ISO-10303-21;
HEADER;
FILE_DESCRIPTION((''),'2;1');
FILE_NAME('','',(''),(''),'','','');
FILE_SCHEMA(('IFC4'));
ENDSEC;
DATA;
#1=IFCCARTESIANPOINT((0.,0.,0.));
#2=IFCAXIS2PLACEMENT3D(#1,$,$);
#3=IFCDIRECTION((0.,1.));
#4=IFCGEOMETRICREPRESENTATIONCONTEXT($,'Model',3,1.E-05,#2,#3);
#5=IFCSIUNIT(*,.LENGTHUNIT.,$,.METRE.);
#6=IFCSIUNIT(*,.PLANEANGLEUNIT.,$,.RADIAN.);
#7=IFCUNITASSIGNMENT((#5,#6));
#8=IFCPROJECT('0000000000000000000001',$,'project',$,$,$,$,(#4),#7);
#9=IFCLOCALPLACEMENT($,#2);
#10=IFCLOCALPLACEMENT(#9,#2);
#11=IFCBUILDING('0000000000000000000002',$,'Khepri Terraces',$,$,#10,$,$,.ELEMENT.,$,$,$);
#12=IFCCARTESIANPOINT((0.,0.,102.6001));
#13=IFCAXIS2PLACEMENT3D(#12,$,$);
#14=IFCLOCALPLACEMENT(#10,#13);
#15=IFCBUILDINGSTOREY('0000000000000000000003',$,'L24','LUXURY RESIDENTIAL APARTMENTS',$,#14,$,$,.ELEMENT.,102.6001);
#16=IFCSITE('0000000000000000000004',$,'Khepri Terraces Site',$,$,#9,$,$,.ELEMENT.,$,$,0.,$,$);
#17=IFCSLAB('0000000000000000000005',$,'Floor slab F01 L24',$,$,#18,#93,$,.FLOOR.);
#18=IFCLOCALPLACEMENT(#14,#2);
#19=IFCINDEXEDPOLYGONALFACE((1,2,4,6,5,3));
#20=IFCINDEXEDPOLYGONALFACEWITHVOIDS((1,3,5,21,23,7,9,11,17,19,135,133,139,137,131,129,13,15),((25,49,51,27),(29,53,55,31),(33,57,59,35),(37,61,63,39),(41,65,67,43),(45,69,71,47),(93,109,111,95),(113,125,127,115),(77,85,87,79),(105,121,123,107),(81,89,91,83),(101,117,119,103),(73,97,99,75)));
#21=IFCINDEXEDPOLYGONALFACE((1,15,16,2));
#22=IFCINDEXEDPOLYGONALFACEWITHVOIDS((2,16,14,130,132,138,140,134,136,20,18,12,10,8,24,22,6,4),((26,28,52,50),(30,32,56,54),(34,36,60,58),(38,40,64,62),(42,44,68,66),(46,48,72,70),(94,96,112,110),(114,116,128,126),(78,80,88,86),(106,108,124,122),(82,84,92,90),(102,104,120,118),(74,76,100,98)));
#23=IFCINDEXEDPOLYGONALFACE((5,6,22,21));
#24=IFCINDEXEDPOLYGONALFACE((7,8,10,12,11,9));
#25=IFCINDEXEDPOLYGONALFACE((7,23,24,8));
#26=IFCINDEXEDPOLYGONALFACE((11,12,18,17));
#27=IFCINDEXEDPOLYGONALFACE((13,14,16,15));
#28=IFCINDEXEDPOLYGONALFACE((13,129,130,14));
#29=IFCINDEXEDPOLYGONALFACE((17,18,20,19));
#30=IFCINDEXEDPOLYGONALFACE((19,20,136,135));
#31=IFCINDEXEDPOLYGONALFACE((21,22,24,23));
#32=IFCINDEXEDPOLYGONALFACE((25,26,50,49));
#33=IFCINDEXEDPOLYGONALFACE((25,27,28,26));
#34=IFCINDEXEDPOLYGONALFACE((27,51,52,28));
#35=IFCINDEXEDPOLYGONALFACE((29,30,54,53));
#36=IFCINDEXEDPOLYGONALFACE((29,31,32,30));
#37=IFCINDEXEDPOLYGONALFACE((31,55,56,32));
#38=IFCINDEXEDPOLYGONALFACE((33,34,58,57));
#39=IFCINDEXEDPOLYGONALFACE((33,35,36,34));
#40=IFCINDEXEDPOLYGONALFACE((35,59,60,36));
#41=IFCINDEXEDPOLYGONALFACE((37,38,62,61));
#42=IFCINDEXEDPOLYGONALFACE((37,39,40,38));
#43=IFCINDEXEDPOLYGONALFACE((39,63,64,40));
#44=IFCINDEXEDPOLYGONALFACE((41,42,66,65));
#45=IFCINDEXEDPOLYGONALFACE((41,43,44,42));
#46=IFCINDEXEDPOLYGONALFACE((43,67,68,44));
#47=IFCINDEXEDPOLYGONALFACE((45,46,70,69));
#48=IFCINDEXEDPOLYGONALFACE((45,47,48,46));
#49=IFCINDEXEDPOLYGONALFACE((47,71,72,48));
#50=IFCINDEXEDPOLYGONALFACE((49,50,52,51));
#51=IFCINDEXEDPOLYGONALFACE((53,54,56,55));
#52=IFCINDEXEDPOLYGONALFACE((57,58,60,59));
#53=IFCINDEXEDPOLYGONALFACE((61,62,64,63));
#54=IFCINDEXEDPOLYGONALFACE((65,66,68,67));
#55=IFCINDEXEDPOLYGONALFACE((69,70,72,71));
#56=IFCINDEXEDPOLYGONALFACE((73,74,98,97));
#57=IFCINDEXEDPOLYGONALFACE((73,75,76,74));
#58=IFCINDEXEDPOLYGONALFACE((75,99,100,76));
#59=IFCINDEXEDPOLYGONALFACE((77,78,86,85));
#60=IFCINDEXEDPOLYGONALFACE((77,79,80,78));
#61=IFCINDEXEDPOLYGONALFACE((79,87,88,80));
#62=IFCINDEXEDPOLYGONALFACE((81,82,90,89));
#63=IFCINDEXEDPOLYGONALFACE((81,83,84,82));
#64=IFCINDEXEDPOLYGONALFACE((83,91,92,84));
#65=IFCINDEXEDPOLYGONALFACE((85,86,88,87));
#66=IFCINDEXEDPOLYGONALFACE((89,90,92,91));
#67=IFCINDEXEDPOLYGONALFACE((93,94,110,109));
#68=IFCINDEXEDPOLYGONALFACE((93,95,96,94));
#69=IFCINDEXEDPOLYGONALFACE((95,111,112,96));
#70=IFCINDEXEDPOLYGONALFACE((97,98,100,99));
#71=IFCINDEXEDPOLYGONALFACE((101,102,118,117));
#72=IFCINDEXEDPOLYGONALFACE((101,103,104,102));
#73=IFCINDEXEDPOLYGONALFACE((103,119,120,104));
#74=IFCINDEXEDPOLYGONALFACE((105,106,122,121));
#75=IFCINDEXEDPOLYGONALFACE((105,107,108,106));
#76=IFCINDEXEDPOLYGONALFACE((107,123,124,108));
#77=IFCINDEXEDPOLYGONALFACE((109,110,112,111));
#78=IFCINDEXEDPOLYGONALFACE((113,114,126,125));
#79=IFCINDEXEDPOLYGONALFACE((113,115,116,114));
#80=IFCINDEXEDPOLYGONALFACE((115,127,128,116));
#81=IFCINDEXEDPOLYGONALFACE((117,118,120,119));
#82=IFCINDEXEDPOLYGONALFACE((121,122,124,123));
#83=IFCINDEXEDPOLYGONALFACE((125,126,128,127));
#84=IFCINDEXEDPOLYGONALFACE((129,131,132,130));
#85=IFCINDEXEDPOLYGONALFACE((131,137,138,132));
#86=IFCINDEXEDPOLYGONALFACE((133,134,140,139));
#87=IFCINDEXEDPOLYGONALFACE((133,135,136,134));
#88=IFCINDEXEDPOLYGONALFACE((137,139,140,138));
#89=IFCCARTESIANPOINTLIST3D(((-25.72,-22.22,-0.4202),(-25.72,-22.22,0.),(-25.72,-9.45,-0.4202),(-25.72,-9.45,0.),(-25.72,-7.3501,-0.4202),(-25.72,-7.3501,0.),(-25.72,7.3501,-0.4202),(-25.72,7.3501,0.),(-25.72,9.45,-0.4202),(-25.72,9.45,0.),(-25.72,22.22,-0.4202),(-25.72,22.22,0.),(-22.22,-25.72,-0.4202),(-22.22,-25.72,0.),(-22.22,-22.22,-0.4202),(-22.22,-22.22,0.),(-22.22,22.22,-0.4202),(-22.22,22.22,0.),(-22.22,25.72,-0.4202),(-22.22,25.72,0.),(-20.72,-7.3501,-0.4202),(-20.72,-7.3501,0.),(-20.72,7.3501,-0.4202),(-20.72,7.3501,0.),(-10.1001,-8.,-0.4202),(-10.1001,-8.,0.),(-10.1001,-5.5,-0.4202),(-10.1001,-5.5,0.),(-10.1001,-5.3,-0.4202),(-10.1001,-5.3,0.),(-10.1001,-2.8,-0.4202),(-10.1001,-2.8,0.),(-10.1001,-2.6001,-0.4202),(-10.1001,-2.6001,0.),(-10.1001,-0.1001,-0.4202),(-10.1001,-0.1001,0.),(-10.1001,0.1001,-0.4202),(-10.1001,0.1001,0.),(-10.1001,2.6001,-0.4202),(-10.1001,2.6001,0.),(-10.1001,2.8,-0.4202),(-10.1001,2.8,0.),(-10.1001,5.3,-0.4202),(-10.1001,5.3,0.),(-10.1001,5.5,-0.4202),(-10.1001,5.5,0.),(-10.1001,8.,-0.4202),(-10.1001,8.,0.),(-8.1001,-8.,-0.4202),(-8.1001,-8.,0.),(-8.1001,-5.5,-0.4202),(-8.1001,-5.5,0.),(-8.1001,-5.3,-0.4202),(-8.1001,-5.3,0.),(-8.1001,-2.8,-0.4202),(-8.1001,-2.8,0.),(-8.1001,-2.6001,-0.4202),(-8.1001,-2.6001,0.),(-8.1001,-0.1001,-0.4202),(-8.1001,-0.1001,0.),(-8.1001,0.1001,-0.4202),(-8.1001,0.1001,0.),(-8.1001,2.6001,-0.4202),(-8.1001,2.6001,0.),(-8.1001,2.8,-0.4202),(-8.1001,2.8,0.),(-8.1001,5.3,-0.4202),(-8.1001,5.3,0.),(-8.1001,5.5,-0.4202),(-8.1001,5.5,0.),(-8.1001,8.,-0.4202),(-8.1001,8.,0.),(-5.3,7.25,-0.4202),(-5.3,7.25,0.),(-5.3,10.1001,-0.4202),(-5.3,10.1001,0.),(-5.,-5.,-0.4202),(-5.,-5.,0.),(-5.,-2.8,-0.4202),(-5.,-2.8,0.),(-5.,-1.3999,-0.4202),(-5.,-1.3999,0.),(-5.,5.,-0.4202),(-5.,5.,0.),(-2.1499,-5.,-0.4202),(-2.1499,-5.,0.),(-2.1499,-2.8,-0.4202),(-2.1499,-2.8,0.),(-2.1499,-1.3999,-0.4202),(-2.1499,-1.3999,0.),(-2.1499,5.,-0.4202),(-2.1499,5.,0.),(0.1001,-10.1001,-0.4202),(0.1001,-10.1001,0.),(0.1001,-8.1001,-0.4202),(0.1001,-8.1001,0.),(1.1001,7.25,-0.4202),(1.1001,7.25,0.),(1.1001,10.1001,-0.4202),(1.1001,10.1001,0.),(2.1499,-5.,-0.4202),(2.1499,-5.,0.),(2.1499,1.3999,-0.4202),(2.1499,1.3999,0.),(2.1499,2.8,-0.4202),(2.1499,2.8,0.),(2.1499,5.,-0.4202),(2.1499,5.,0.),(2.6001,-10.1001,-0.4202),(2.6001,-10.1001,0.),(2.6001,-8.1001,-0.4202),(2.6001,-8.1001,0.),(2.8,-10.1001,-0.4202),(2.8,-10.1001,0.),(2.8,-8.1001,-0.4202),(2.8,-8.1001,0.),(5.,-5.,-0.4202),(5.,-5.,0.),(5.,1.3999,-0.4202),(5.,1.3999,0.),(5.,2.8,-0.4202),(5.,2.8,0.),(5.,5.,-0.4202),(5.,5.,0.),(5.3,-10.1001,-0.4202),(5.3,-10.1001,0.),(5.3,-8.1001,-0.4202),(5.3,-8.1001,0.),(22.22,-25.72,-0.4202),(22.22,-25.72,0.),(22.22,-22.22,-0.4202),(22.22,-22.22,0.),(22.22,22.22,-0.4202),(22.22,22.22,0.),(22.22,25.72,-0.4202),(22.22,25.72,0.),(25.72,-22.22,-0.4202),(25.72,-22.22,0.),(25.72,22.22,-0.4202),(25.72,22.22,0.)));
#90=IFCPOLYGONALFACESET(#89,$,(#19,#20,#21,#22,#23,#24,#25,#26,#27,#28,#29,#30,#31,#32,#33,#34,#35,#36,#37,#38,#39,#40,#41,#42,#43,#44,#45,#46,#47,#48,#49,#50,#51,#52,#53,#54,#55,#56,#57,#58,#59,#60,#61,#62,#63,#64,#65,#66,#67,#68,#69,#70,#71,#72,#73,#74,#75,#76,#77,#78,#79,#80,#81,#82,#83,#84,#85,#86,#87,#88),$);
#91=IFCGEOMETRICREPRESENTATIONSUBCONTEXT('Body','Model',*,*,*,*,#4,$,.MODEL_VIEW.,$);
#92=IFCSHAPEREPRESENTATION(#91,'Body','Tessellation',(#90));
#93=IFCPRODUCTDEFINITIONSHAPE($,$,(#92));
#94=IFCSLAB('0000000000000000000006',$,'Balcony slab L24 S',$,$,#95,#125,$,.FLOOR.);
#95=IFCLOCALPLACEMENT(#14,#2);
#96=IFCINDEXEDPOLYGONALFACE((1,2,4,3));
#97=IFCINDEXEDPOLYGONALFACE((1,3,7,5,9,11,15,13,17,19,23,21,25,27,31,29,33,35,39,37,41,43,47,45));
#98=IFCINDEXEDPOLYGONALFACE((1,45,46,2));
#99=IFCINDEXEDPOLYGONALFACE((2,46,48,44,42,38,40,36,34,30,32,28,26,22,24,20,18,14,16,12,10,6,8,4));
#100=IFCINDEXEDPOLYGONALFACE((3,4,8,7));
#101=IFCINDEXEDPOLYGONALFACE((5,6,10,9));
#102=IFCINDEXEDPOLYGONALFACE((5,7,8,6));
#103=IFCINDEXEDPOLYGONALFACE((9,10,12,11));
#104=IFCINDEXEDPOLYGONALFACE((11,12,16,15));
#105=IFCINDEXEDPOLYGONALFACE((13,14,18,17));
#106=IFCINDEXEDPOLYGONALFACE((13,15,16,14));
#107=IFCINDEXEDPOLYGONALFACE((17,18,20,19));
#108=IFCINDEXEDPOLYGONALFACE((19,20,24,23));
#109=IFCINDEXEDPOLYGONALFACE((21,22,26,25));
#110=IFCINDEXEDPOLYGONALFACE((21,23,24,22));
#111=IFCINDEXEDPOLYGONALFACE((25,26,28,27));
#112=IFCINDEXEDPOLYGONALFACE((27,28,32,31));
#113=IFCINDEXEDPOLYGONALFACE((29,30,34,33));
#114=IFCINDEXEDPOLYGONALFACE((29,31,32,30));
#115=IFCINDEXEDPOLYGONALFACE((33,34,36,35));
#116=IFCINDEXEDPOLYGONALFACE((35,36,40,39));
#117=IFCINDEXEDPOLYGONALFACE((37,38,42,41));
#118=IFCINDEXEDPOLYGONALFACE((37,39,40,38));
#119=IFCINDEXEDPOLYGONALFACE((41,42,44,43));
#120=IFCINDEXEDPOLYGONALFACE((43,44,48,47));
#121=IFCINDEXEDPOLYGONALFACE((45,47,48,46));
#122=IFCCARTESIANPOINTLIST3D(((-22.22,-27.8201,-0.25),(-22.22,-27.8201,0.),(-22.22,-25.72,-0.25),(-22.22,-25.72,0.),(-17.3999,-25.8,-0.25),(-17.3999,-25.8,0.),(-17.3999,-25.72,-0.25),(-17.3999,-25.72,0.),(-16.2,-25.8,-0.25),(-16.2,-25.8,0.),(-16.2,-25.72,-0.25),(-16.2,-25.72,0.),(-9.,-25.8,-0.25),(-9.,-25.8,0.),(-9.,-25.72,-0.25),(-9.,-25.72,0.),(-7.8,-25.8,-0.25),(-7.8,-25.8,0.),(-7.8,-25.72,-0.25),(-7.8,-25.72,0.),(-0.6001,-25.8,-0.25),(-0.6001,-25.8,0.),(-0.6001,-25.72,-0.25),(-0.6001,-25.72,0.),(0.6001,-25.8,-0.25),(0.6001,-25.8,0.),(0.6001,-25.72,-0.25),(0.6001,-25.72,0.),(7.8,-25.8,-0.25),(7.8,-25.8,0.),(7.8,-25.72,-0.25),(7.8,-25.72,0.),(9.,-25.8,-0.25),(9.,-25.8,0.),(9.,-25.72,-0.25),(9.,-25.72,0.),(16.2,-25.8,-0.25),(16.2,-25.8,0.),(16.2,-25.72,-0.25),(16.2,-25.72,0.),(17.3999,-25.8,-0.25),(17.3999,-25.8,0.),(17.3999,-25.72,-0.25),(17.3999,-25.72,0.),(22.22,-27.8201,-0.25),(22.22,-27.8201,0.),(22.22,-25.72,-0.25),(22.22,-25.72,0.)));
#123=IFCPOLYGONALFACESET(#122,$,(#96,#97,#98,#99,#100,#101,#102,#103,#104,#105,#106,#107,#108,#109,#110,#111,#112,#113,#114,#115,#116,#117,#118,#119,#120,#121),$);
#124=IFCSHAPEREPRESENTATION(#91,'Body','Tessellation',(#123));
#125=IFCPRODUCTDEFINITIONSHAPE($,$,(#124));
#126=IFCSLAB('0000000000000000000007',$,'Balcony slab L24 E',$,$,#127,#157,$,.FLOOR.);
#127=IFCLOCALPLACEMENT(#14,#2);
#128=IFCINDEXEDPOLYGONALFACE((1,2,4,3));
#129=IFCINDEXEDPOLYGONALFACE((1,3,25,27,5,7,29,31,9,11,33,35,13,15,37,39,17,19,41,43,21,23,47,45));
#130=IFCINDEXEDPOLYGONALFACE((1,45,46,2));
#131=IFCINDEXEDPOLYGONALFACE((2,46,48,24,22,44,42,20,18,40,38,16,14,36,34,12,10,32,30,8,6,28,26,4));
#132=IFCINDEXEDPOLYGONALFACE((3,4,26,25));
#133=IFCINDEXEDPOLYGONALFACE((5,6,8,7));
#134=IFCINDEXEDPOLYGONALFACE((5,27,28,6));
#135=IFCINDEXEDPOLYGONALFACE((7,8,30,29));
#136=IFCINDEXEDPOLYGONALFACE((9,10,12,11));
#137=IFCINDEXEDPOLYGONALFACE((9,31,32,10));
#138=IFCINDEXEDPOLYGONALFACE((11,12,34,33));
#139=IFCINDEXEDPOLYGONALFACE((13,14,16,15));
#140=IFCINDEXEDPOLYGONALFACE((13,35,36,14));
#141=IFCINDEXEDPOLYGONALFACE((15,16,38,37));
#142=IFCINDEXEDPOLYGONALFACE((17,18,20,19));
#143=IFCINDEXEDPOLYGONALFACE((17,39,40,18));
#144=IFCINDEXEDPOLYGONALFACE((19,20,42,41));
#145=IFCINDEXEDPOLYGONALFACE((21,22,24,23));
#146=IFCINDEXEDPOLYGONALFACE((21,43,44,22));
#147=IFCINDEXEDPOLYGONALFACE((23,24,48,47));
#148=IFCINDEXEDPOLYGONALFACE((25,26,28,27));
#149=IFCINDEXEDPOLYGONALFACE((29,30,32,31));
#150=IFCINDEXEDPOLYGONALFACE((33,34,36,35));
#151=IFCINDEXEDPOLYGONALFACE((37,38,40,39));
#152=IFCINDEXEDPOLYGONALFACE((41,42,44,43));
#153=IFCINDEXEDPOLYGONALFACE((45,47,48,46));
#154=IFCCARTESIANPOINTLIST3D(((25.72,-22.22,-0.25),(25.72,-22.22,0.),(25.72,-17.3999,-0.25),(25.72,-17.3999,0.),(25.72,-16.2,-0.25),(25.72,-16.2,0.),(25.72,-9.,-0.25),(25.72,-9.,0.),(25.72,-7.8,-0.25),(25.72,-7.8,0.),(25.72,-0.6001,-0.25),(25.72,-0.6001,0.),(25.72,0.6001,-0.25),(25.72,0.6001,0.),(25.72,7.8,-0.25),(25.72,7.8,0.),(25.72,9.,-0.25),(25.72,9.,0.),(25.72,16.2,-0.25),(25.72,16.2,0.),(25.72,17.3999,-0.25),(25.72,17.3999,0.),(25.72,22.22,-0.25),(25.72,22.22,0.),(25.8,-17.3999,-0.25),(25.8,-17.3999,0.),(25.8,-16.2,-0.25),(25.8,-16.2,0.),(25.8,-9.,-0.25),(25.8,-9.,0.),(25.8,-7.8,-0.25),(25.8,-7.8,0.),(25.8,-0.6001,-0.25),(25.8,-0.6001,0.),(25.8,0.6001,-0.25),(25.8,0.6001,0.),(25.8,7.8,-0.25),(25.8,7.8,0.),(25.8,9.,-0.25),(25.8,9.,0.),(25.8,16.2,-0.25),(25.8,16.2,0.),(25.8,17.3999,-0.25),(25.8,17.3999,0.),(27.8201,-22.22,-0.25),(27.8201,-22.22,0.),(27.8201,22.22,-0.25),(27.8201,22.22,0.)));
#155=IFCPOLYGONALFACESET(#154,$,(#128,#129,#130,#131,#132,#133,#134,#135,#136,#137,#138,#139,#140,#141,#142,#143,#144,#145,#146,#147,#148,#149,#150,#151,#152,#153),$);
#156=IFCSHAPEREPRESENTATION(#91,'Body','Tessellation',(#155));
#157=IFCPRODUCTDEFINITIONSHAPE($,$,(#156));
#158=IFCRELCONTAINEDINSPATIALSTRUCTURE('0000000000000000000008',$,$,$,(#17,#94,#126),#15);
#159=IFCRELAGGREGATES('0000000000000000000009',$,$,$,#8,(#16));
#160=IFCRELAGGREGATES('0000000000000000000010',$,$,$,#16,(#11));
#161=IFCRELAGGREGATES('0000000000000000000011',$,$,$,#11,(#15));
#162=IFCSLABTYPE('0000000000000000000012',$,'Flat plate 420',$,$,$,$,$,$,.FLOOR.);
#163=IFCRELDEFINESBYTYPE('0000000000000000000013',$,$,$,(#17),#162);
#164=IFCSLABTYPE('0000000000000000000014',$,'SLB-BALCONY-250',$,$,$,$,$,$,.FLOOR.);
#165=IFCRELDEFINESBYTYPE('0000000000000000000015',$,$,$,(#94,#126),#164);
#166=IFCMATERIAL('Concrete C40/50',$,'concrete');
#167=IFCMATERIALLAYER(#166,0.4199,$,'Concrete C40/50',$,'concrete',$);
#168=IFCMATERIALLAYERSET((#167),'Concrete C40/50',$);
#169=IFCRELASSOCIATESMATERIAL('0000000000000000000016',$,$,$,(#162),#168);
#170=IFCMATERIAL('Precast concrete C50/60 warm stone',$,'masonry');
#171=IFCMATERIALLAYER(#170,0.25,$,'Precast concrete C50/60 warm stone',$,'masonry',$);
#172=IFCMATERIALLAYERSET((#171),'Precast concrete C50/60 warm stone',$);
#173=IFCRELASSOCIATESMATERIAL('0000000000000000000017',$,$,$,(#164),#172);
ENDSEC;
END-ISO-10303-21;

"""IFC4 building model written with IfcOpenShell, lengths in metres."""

from ifc_helpers import new_model, si_unit, direction, frame, origin, place, context, subcontext, project, spatial, polyline, outline, extrude, material, layer, layer_set, type_object, element, save


model = new_model("IFC4")

# Units and contexts
model_context = context("Model", 3, precision=1e-05, world=origin(), true_north=direction((0.0, 1.0)))
body_context = subcontext(model_context, "Body", "Model", "MODEL_VIEW")
ifc_project = project(units=[si_unit("LENGTHUNIT", "METRE"), si_unit("PLANEANGLEUNIT", "RADIAN")], contexts=[model_context])

# Site, building, storey
site_placement = place(None, origin())
site = spatial("IfcSite", under=ifc_project, at=site_placement, Name="Khepri Terraces Site", CompositionType="ELEMENT", RefElevation=0.0)
building_placement = place(site_placement, origin())
building = spatial("IfcBuilding", under=site, at=building_placement, Name="Khepri Terraces", CompositionType="ELEMENT")
storey_placement = place(building_placement, frame((0.0, 0.0, 102.6001)))
storey = spatial("IfcBuildingStorey", under=building, at=storey_placement, Name="L24", Description="LUXURY RESIDENTIAL APARTMENTS", CompositionType="ELEMENT", Elevation=102.6001)

# Slabs
ifc_material_1 = material(Name="Concrete C40/50", Category="concrete")
ifc_layer_1 = layer(ifc_material_1, 0.4199, Name="Concrete C40/50", Category="concrete")
ifc_layer_set_1 = layer_set([ifc_layer_1], Name="Concrete C40/50")
slab_type_1 = type_object("IfcSlabType", Name="Flat plate 420", PredefinedType="FLOOR", material=ifc_layer_set_1)
slab_1_placement = place(storey_placement, frame((0.0, 0.0, -0.4202)))
element("IfcSlab", 1, at=slab_1_placement, inside=storey, type_object=slab_type_1, Name="Floor slab F01 L24", PredefinedType="FLOOR", context=body_context, shape_type="SweptSolid", body=[
    extrude(outline(polyline([(22.22, -25.72), (-22.22, -25.72), (-22.22, -22.22), (-25.72, -22.22), (-25.72, -9.45), (-25.72, -7.3501), (-20.72, -7.3501), (-20.72, 7.3501), (-25.72, 7.3501), (-25.72, 9.45), (-25.72, 22.22), (-22.22, 22.22), (-22.22, 25.72), (22.22, 25.72), (22.22, 22.22), (25.72, 22.22), (25.72, -22.22), (22.22, -22.22), (22.22, -25.72)]), holes=[polyline([(5.0, 5.0), (2.1499, 5.0), (2.1499, 2.8), (5.0, 2.8), (5.0, 5.0)]), polyline([(-2.1499, -5.0), (-2.1499, -2.8), (-5.0, -2.8), (-5.0, -5.0), (-2.1499, -5.0)]), polyline([(-10.1001, -8.0), (-8.1001, -8.0), (-8.1001, -5.5), (-10.1001, -5.5), (-10.1001, -8.0)]), polyline([(-10.1001, -2.8), (-10.1001, -5.3), (-8.1001, -5.3), (-8.1001, -2.8), (-10.1001, -2.8)]), polyline([(-8.1001, -0.1001), (-10.1001, -0.1001), (-10.1001, -2.6001), (-8.1001, -2.6001), (-8.1001, -0.1001)]), polyline([(-8.1001, 0.1001), (-8.1001, 2.6001), (-10.1001, 2.6001), (-10.1001, 0.1001), (-8.1001, 0.1001)]), polyline([(-10.1001, 2.8), (-8.1001, 2.8), (-8.1001, 5.3), (-10.1001, 5.3), (-10.1001, 2.8)]), polyline([(-10.1001, 8.0), (-10.1001, 5.5), (-8.1001, 5.5), (-8.1001, 8.0), (-10.1001, 8.0)]), polyline([(2.6001, -8.1001), (0.1001, -8.1001), (0.1001, -10.1001), (2.6001, -10.1001), (2.6001, -8.1001)]), polyline([(5.3, -10.1001), (5.3, -8.1001), (2.8, -8.1001), (2.8, -10.1001), (5.3, -10.1001)]), polyline([(-5.0, -1.3999), (-2.1499, -1.3999), (-2.1499, 5.0), (-5.0, 5.0), (-5.0, -1.3999)]), polyline([(5.0, -5.0), (5.0, 1.3999), (2.1499, 1.3999), (2.1499, -5.0), (5.0, -5.0)]), polyline([(-5.3, 10.1001), (-5.3, 7.25), (1.1001, 7.25), (1.1001, 10.1001), (-5.3, 10.1001)])]), origin(), (0.0, 0.0, 1.0), 0.4202),
])
ifc_material_2 = material(Name="Precast concrete C50/60 warm stone", Category="masonry")
ifc_layer_2 = layer(ifc_material_2, 0.25, Name="Precast concrete C50/60 warm stone", Category="masonry")
ifc_layer_set_2 = layer_set([ifc_layer_2], Name="Precast concrete C50/60 warm stone")
slab_type_2 = type_object("IfcSlabType", Name="SLB-BALCONY-250", PredefinedType="FLOOR", material=ifc_layer_set_2)
slab_2_placement = place(storey_placement, frame((0.0, 0.0, -0.25)))
element("IfcSlab", 2, at=slab_2_placement, inside=storey, type_object=slab_type_2, Name="Balcony slab L24 S", PredefinedType="FLOOR", context=body_context, shape_type="SweptSolid", body=[
    extrude(outline(polyline([(-17.3999, -25.72), (-22.22, -25.72), (-22.22, -27.8201), (22.22, -27.8201), (22.22, -25.72), (17.3999, -25.72), (17.3999, -25.8), (16.2, -25.8), (16.2, -25.72), (9.0, -25.72), (9.0, -25.8), (7.8, -25.8), (7.8, -25.72), (0.6001, -25.72), (0.6001, -25.8), (-0.6001, -25.8), (-0.6001, -25.72), (-7.8, -25.72), (-7.8, -25.8), (-9.0, -25.8), (-9.0, -25.72), (-16.2, -25.72), (-16.2, -25.8), (-17.3999, -25.8), (-17.3999, -25.72)])), origin(), (0.0, 0.0, 1.0), 0.25),
])
slab_3_placement = place(storey_placement, frame((0.0, 0.0, -0.25)))
element("IfcSlab", 3, at=slab_3_placement, inside=storey, type_object=slab_type_2, Name="Balcony slab L24 E", PredefinedType="FLOOR", context=body_context, shape_type="SweptSolid", body=[
    extrude(outline(polyline([(25.72, -17.3999), (25.72, -22.22), (27.8201, -22.22), (27.8201, 22.22), (25.72, 22.22), (25.72, 17.3999), (25.8, 17.3999), (25.8, 16.2), (25.72, 16.2), (25.72, 9.0), (25.8, 9.0), (25.8, 7.8), (25.72, 7.8), (25.72, 0.6001), (25.8, 0.6001), (25.8, -0.6001), (25.72, -0.6001), (25.72, -7.8), (25.8, -7.8), (25.8, -9.0), (25.72, -9.0), (25.72, -16.2), (25.8, -16.2), (25.8, -17.3999), (25.72, -17.3999)])), origin(), (0.0, 0.0, 1.0), 0.25),
])

save(model, "model.ifc")
